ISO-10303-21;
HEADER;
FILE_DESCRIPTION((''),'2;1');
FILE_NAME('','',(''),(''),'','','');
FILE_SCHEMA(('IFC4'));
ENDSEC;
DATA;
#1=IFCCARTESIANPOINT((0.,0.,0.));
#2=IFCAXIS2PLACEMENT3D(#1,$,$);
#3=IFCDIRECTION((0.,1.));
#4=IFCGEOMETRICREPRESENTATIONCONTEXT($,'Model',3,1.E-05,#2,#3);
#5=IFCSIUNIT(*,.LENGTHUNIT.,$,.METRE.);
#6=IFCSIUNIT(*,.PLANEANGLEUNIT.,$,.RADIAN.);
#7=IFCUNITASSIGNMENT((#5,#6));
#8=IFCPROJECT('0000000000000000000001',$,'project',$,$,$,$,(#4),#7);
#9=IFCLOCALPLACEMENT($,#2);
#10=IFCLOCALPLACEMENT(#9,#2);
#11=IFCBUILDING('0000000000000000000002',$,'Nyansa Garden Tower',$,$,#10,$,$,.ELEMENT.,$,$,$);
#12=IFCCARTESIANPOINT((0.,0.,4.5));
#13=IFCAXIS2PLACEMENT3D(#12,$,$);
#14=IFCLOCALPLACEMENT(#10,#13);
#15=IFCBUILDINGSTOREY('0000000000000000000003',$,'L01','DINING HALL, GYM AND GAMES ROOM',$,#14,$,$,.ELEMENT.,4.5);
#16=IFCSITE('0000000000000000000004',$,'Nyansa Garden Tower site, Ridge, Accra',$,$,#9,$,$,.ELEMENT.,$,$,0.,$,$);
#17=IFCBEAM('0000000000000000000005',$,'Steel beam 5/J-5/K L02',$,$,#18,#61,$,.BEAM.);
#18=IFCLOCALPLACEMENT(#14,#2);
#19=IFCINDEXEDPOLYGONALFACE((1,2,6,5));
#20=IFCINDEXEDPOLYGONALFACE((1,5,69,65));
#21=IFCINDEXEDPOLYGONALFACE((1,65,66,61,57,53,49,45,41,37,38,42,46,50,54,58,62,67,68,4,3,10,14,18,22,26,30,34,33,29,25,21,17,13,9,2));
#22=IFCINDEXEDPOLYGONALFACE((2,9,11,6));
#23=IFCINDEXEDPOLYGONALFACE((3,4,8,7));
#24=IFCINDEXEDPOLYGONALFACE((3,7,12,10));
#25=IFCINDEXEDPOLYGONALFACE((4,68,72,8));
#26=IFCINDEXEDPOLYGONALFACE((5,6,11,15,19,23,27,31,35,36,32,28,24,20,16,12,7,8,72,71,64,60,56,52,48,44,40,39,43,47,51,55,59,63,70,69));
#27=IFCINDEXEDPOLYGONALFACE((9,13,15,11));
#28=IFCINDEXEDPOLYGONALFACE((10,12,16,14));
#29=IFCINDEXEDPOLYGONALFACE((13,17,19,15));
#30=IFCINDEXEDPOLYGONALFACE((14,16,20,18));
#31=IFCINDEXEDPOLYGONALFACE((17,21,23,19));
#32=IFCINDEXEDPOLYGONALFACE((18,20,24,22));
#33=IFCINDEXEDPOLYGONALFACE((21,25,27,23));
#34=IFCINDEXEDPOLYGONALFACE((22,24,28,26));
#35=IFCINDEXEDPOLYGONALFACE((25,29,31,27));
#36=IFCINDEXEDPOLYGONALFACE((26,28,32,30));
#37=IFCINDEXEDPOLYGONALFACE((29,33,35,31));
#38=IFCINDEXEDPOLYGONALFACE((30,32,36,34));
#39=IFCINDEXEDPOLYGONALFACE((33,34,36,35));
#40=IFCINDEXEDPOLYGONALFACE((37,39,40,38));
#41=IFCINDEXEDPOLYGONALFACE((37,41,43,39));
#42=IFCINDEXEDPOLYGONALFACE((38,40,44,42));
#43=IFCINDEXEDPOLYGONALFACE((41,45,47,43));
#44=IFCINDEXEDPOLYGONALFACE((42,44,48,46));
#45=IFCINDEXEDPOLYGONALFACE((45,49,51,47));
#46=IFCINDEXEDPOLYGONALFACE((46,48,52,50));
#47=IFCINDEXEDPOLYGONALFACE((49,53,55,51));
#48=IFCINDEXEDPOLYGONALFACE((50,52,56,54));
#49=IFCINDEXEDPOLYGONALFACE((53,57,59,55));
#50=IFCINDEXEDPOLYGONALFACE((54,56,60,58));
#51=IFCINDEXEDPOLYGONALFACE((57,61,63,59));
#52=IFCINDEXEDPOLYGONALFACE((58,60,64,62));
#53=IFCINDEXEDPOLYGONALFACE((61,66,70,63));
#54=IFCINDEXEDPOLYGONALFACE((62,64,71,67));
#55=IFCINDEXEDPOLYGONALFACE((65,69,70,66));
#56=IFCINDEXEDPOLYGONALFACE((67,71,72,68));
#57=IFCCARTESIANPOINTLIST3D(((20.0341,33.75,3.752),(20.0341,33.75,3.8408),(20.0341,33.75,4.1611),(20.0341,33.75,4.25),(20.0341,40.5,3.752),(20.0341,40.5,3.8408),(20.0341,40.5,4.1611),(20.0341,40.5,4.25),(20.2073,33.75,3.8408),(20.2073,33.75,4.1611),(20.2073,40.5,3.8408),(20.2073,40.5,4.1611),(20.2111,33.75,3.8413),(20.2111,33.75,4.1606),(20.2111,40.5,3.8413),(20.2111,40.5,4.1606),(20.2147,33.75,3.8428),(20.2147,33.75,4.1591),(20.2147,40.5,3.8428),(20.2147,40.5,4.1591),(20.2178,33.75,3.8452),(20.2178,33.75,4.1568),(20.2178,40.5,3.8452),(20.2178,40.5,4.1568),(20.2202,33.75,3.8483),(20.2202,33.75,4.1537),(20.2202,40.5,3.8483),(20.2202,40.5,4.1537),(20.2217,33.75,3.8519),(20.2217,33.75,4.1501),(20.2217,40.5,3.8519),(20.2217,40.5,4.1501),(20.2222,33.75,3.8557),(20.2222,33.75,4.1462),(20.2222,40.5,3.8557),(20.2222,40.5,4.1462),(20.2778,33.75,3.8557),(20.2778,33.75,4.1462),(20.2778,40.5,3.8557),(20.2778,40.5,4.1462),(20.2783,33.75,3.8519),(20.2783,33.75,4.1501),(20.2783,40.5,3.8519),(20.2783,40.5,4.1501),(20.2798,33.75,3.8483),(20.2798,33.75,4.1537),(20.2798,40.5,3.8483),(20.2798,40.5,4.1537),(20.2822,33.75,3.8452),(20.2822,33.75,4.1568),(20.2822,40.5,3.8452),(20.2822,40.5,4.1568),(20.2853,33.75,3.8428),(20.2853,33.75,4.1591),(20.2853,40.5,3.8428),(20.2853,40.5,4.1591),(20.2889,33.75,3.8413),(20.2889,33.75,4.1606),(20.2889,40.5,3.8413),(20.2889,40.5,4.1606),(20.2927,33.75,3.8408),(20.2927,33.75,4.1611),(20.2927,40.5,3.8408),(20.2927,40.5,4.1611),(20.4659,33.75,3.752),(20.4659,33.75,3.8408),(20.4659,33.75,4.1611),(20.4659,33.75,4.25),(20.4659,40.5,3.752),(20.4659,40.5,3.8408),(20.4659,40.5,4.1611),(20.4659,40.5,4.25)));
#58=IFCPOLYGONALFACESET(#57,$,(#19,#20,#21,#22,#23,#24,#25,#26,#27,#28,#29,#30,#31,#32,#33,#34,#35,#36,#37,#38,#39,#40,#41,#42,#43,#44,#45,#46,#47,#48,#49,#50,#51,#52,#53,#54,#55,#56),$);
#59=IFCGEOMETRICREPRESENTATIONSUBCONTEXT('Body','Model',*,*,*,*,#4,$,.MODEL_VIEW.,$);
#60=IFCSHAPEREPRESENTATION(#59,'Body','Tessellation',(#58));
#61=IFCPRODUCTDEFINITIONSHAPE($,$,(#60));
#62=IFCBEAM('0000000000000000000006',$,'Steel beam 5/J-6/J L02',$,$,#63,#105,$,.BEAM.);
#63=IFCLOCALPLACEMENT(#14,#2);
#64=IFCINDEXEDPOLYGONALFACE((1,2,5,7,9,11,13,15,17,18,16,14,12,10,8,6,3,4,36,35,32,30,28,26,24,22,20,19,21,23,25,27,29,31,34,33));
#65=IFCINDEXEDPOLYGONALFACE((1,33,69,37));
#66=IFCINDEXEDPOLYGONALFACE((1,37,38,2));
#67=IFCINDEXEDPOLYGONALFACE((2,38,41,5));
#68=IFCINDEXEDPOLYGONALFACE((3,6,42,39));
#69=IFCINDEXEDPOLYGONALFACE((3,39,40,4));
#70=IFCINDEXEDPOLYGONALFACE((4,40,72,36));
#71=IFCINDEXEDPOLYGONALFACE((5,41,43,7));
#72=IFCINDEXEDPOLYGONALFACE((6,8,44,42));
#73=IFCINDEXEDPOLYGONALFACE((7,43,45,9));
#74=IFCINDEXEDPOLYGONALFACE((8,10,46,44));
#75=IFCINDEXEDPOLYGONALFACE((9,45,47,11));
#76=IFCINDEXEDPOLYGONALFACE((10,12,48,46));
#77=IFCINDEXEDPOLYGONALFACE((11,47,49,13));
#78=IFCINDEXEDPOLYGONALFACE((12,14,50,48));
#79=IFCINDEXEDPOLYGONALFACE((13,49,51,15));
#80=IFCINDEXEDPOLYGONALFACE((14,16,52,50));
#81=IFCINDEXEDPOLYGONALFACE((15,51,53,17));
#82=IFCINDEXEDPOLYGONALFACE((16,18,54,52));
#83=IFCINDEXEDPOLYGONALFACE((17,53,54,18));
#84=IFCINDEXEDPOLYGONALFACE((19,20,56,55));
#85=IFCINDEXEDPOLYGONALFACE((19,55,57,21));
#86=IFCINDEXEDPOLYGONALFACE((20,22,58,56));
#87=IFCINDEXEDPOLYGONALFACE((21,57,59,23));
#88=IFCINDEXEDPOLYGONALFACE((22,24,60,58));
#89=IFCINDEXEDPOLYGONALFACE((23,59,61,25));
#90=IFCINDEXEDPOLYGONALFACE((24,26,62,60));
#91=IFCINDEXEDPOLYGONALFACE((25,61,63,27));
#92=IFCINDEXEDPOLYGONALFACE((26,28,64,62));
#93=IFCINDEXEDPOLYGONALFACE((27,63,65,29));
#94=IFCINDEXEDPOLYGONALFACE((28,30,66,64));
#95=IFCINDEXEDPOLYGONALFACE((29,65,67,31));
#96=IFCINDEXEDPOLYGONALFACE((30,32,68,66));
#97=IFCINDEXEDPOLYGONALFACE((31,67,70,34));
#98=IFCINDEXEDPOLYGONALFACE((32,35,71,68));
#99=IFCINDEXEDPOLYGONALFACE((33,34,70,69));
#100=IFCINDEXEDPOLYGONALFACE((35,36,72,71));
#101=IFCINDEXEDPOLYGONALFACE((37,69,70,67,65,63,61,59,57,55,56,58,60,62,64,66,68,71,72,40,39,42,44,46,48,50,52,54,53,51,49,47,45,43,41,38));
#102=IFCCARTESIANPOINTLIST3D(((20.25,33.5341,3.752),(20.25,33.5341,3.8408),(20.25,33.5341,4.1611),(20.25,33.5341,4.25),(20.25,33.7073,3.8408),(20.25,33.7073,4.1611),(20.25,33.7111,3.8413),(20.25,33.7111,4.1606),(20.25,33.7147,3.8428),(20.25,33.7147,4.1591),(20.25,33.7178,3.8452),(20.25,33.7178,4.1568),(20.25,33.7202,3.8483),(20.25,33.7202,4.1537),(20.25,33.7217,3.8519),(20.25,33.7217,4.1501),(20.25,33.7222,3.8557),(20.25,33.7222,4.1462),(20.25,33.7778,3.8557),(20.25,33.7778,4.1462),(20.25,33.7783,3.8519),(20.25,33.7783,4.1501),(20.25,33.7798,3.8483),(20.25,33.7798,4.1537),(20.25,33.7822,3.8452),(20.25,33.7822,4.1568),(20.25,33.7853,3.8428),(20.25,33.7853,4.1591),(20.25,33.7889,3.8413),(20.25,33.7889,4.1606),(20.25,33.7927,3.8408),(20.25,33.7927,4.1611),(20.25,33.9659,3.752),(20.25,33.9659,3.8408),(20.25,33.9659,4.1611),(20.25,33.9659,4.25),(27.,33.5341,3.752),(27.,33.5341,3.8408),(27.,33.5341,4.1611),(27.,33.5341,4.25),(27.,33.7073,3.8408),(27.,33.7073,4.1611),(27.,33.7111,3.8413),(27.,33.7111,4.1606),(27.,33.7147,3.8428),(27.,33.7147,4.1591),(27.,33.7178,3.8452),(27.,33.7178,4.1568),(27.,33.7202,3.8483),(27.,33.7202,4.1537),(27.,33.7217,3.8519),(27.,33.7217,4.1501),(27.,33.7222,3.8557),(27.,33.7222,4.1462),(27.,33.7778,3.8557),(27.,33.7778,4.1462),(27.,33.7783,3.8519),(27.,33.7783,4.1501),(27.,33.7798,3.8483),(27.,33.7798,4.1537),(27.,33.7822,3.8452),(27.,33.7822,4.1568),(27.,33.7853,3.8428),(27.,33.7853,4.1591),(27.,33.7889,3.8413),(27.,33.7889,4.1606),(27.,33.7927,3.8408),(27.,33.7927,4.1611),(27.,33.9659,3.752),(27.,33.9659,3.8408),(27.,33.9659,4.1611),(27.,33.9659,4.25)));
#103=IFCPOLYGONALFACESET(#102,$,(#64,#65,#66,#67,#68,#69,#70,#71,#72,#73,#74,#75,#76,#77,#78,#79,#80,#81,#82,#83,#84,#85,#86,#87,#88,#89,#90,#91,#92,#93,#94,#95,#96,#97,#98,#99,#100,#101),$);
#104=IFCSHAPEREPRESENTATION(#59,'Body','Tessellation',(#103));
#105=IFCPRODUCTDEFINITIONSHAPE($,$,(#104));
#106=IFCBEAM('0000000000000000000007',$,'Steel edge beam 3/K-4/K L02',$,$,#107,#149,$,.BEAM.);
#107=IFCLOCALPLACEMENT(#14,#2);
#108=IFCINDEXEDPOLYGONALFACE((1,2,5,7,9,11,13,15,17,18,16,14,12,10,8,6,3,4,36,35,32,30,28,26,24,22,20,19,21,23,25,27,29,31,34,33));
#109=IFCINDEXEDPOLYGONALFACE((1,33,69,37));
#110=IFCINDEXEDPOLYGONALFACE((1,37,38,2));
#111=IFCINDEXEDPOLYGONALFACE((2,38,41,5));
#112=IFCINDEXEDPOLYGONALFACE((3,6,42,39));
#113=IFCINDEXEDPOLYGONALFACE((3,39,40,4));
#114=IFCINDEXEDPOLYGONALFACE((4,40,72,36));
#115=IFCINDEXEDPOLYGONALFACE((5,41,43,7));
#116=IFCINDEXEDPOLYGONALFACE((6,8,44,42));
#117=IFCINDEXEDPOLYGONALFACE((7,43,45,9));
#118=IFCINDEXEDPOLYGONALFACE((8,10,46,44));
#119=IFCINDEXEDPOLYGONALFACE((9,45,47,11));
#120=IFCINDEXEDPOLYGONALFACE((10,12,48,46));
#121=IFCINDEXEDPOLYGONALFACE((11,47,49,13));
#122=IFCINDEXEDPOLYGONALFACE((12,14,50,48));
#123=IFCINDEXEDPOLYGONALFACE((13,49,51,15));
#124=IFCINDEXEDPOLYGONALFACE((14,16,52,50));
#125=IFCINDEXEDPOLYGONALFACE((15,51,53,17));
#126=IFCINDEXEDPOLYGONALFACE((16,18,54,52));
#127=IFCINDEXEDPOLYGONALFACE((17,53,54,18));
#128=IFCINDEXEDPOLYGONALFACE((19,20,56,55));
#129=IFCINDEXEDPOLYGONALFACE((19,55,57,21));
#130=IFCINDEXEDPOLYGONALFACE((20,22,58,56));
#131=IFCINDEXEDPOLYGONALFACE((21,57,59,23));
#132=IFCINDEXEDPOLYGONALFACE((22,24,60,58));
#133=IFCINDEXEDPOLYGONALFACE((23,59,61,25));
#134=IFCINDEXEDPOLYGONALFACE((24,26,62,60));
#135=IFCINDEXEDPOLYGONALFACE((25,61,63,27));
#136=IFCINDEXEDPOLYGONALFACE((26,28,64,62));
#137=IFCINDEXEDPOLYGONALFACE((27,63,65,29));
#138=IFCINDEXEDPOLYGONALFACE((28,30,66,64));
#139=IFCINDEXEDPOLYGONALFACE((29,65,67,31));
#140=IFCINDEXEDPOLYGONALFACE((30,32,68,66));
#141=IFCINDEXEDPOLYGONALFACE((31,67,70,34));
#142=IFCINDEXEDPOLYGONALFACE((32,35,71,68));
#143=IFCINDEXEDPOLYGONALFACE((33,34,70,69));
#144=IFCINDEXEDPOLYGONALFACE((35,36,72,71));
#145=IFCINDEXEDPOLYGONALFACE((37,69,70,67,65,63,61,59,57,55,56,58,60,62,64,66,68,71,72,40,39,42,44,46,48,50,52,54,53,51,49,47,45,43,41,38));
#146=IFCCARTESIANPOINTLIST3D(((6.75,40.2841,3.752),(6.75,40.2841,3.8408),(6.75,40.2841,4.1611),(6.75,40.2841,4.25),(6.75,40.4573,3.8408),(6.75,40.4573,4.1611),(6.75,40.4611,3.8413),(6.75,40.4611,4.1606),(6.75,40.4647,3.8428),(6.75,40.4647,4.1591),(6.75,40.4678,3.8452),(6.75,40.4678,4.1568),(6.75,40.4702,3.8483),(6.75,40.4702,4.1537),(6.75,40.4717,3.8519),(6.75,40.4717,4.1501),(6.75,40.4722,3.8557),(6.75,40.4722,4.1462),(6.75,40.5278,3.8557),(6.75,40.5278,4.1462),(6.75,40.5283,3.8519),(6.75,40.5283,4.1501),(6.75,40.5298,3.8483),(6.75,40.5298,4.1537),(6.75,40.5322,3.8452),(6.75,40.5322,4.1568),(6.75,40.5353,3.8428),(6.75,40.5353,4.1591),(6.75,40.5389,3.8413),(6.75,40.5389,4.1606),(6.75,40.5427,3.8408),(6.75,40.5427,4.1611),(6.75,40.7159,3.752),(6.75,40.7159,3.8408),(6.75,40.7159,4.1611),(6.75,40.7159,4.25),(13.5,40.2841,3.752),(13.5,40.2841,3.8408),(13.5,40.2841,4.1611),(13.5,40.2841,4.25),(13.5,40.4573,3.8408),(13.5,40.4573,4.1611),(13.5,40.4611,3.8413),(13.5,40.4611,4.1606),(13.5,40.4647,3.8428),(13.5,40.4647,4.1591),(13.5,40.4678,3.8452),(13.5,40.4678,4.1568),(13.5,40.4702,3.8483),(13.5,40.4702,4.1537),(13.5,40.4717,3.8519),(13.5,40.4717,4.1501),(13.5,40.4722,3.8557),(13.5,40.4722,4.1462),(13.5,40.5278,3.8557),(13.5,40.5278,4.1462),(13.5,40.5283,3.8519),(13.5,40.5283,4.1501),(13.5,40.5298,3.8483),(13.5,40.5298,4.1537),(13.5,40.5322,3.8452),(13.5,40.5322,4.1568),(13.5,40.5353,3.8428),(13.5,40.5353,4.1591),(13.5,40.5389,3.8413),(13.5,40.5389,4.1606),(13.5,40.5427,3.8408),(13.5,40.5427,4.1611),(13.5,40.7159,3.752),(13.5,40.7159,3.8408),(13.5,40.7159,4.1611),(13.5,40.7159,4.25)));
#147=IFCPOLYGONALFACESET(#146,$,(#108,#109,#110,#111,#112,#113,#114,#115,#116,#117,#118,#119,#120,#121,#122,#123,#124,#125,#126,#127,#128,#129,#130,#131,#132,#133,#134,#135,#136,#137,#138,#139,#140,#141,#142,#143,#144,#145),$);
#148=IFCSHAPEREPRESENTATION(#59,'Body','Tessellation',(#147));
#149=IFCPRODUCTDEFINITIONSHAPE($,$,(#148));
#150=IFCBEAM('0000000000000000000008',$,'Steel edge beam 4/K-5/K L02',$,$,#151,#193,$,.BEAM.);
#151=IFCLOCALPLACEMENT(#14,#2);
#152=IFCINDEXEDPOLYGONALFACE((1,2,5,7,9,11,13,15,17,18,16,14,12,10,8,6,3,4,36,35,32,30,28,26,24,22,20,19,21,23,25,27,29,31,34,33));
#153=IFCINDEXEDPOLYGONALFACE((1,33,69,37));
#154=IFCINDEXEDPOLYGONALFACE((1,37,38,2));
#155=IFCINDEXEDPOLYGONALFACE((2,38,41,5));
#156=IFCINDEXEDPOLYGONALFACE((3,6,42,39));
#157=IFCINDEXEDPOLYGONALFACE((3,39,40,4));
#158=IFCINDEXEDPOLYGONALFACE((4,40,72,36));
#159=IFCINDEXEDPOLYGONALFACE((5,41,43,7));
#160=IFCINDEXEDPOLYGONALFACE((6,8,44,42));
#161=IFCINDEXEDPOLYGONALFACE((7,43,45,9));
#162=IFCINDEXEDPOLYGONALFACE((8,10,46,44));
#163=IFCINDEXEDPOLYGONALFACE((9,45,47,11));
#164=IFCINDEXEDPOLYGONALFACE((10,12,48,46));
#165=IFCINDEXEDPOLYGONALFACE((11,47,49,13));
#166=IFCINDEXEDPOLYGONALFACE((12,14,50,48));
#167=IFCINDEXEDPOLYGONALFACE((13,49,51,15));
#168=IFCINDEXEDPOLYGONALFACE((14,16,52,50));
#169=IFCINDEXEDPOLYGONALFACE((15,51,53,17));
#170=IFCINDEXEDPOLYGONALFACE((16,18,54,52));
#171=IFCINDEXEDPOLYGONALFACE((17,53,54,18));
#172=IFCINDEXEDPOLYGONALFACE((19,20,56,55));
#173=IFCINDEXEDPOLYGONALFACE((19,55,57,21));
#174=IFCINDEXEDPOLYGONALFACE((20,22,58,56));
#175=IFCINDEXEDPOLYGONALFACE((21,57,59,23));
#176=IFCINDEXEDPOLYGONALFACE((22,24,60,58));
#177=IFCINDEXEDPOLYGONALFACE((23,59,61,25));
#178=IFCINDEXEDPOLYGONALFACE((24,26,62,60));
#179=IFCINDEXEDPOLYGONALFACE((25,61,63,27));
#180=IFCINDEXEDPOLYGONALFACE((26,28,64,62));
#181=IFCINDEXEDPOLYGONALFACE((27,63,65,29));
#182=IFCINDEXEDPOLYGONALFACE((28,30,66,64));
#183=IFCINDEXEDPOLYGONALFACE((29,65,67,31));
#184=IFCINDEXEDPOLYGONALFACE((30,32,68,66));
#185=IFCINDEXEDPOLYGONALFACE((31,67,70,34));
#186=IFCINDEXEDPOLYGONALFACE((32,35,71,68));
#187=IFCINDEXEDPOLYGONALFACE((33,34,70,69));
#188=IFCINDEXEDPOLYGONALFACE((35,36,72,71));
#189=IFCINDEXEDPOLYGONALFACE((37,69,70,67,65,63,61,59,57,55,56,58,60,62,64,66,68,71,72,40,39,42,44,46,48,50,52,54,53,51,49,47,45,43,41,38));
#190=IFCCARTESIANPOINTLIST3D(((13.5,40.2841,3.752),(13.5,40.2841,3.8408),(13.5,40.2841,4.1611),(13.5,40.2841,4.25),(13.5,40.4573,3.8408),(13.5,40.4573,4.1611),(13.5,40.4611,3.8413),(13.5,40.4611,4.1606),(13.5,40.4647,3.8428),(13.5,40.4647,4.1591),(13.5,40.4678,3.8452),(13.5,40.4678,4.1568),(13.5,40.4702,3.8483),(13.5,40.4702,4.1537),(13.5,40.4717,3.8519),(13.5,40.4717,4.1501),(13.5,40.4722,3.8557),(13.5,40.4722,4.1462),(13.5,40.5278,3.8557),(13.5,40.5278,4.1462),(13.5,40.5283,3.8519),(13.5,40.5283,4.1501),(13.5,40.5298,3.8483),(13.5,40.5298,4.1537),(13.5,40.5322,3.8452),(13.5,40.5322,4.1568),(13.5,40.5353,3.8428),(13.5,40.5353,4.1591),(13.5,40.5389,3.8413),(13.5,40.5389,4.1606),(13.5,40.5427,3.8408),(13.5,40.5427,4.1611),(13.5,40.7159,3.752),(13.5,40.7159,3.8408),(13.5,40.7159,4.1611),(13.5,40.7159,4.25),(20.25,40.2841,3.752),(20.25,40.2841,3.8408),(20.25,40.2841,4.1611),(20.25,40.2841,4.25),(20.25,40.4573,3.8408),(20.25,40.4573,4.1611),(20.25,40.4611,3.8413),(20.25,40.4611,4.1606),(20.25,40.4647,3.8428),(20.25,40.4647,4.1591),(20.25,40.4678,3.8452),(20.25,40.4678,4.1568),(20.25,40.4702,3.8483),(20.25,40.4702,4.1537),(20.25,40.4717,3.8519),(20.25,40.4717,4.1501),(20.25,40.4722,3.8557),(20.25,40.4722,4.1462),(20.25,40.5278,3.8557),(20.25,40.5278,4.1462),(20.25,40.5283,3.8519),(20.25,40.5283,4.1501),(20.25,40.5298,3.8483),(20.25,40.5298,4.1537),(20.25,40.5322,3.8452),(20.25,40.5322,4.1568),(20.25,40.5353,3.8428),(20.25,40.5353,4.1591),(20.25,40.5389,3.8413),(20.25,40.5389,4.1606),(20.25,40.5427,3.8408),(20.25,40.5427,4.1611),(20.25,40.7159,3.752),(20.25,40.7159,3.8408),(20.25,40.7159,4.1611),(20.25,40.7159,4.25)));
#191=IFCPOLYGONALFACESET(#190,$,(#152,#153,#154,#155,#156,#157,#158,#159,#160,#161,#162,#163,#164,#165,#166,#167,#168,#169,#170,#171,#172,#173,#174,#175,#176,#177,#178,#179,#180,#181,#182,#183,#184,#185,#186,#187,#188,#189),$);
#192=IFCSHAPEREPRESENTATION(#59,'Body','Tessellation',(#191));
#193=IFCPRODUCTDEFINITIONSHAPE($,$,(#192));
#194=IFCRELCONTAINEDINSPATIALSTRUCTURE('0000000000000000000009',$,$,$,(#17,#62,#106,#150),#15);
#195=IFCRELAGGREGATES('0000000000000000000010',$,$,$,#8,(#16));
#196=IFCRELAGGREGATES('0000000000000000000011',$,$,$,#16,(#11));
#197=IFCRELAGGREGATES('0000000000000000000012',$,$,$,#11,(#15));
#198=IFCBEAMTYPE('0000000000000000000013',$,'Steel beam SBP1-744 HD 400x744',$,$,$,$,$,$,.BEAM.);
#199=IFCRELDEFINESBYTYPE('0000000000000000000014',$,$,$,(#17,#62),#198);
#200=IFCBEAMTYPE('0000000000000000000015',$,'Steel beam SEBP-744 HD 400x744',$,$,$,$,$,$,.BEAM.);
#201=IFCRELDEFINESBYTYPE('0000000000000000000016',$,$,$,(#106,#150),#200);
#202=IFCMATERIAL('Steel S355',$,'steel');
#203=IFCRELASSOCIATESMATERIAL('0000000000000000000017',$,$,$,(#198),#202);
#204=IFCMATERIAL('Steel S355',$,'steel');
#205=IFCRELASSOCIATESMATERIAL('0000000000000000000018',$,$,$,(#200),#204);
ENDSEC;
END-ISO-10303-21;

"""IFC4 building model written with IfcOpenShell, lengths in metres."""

from ifc_helpers import new_model, si_unit, direction, frame, origin, origin_2d, place, context, subcontext, project, spatial, i_section, extrude, material, material_profile, profile_set, type_object, element, save


model = new_model("IFC4")

# Units and contexts
model_context = context("Model", 3, precision=1e-05, world=origin(), true_north=direction((0.0, 1.0)))
body_context = subcontext(model_context, "Body", "Model", "MODEL_VIEW")
ifc_project = project(units=[si_unit("LENGTHUNIT", "METRE"), si_unit("PLANEANGLEUNIT", "RADIAN")], contexts=[model_context])

# Site, building, storey
site_placement = place(None, origin())
site = spatial("IfcSite", under=ifc_project, at=site_placement, Name="Nyansa Garden Tower site, Ridge, Accra", CompositionType="ELEMENT", RefElevation=0.0)
building_placement = place(site_placement, origin())
building = spatial("IfcBuilding", under=site, at=building_placement, Name="Nyansa Garden Tower", CompositionType="ELEMENT")
storey_placement = place(building_placement, frame((0.0, 0.0, 4.5)))
storey = spatial("IfcBuildingStorey", under=building, at=storey_placement, Name="L01", Description="DINING HALL, GYM AND GAMES ROOM", CompositionType="ELEMENT", Elevation=4.5)

# Beams
ifc_material_1 = material(Name="Steel S355", Category="steel")
ifc_material_profile_1 = material_profile(ifc_material_1, i_section(OverallWidth=0.4319, OverallDepth=0.498, WebThickness=0.0557, FlangeThickness=0.0889, FilletRadius=0.0149, at=origin_2d()), Name="HD 400x744")
ifc_profile_set_1 = profile_set([ifc_material_profile_1], Name="Steel S355")
beam_type_1 = type_object("IfcBeamType", Name="Steel beam SBP1-744 HD 400x744", PredefinedType="BEAM", material=ifc_profile_set_1)
for number, where, z_axis, x_axis, name in (
    (1, (20.25, 33.75, 4.001), (0.0, 1.0, 0.0), (-1.0, 0.0, 0.0), "Steel beam 5/J-5/K L02"),
    (2, (20.25, 33.75, 4.001), (1.0, 0.0, 0.0), (0.0, 1.0, 0.0), "Steel beam 5/J-6/J L02"),
):
    element("IfcBeam", number, at=place(storey_placement, frame(where, z_axis=z_axis, x_axis=x_axis)), inside=storey, type_object=beam_type_1, Name=name, PredefinedType="BEAM", context=body_context, shape_type="SweptSolid", body=[
        extrude(i_section(OverallWidth=0.4319, OverallDepth=0.498, WebThickness=0.0557, FlangeThickness=0.0889, FilletRadius=0.0149, at=origin_2d()), origin(), (0.0, 0.0, 1.0), 6.75),
    ])
ifc_material_2 = material(Name="Steel S355", Category="steel")
ifc_material_profile_2 = material_profile(ifc_material_2, i_section(OverallWidth=0.4319, OverallDepth=0.498, WebThickness=0.0557, FlangeThickness=0.0889, FilletRadius=0.0149, at=origin_2d()), Name="HD 400x744")
ifc_profile_set_2 = profile_set([ifc_material_profile_2], Name="Steel S355")
beam_type_2 = type_object("IfcBeamType", Name="Steel beam SEBP-744 HD 400x744", PredefinedType="BEAM", material=ifc_profile_set_2)
for number, where, z_axis, x_axis, name in (
    (3, (6.75, 40.5, 4.001), (1.0, 0.0, 0.0), (0.0, 1.0, 0.0), "Steel edge beam 3/K-4/K L02"),
    (4, (13.5, 40.5, 4.001), (1.0, 0.0, 0.0), (0.0, 1.0, 0.0), "Steel edge beam 4/K-5/K L02"),
):
    element("IfcBeam", number, at=place(storey_placement, frame(where, z_axis=z_axis, x_axis=x_axis)), inside=storey, type_object=beam_type_2, Name=name, PredefinedType="BEAM", context=body_context, shape_type="SweptSolid", body=[
        extrude(i_section(OverallWidth=0.4319, OverallDepth=0.498, WebThickness=0.0557, FlangeThickness=0.0889, FilletRadius=0.0149, at=origin_2d()), origin(), (0.0, 0.0, 1.0), 6.75),
    ])

save(model, "model.ifc")
